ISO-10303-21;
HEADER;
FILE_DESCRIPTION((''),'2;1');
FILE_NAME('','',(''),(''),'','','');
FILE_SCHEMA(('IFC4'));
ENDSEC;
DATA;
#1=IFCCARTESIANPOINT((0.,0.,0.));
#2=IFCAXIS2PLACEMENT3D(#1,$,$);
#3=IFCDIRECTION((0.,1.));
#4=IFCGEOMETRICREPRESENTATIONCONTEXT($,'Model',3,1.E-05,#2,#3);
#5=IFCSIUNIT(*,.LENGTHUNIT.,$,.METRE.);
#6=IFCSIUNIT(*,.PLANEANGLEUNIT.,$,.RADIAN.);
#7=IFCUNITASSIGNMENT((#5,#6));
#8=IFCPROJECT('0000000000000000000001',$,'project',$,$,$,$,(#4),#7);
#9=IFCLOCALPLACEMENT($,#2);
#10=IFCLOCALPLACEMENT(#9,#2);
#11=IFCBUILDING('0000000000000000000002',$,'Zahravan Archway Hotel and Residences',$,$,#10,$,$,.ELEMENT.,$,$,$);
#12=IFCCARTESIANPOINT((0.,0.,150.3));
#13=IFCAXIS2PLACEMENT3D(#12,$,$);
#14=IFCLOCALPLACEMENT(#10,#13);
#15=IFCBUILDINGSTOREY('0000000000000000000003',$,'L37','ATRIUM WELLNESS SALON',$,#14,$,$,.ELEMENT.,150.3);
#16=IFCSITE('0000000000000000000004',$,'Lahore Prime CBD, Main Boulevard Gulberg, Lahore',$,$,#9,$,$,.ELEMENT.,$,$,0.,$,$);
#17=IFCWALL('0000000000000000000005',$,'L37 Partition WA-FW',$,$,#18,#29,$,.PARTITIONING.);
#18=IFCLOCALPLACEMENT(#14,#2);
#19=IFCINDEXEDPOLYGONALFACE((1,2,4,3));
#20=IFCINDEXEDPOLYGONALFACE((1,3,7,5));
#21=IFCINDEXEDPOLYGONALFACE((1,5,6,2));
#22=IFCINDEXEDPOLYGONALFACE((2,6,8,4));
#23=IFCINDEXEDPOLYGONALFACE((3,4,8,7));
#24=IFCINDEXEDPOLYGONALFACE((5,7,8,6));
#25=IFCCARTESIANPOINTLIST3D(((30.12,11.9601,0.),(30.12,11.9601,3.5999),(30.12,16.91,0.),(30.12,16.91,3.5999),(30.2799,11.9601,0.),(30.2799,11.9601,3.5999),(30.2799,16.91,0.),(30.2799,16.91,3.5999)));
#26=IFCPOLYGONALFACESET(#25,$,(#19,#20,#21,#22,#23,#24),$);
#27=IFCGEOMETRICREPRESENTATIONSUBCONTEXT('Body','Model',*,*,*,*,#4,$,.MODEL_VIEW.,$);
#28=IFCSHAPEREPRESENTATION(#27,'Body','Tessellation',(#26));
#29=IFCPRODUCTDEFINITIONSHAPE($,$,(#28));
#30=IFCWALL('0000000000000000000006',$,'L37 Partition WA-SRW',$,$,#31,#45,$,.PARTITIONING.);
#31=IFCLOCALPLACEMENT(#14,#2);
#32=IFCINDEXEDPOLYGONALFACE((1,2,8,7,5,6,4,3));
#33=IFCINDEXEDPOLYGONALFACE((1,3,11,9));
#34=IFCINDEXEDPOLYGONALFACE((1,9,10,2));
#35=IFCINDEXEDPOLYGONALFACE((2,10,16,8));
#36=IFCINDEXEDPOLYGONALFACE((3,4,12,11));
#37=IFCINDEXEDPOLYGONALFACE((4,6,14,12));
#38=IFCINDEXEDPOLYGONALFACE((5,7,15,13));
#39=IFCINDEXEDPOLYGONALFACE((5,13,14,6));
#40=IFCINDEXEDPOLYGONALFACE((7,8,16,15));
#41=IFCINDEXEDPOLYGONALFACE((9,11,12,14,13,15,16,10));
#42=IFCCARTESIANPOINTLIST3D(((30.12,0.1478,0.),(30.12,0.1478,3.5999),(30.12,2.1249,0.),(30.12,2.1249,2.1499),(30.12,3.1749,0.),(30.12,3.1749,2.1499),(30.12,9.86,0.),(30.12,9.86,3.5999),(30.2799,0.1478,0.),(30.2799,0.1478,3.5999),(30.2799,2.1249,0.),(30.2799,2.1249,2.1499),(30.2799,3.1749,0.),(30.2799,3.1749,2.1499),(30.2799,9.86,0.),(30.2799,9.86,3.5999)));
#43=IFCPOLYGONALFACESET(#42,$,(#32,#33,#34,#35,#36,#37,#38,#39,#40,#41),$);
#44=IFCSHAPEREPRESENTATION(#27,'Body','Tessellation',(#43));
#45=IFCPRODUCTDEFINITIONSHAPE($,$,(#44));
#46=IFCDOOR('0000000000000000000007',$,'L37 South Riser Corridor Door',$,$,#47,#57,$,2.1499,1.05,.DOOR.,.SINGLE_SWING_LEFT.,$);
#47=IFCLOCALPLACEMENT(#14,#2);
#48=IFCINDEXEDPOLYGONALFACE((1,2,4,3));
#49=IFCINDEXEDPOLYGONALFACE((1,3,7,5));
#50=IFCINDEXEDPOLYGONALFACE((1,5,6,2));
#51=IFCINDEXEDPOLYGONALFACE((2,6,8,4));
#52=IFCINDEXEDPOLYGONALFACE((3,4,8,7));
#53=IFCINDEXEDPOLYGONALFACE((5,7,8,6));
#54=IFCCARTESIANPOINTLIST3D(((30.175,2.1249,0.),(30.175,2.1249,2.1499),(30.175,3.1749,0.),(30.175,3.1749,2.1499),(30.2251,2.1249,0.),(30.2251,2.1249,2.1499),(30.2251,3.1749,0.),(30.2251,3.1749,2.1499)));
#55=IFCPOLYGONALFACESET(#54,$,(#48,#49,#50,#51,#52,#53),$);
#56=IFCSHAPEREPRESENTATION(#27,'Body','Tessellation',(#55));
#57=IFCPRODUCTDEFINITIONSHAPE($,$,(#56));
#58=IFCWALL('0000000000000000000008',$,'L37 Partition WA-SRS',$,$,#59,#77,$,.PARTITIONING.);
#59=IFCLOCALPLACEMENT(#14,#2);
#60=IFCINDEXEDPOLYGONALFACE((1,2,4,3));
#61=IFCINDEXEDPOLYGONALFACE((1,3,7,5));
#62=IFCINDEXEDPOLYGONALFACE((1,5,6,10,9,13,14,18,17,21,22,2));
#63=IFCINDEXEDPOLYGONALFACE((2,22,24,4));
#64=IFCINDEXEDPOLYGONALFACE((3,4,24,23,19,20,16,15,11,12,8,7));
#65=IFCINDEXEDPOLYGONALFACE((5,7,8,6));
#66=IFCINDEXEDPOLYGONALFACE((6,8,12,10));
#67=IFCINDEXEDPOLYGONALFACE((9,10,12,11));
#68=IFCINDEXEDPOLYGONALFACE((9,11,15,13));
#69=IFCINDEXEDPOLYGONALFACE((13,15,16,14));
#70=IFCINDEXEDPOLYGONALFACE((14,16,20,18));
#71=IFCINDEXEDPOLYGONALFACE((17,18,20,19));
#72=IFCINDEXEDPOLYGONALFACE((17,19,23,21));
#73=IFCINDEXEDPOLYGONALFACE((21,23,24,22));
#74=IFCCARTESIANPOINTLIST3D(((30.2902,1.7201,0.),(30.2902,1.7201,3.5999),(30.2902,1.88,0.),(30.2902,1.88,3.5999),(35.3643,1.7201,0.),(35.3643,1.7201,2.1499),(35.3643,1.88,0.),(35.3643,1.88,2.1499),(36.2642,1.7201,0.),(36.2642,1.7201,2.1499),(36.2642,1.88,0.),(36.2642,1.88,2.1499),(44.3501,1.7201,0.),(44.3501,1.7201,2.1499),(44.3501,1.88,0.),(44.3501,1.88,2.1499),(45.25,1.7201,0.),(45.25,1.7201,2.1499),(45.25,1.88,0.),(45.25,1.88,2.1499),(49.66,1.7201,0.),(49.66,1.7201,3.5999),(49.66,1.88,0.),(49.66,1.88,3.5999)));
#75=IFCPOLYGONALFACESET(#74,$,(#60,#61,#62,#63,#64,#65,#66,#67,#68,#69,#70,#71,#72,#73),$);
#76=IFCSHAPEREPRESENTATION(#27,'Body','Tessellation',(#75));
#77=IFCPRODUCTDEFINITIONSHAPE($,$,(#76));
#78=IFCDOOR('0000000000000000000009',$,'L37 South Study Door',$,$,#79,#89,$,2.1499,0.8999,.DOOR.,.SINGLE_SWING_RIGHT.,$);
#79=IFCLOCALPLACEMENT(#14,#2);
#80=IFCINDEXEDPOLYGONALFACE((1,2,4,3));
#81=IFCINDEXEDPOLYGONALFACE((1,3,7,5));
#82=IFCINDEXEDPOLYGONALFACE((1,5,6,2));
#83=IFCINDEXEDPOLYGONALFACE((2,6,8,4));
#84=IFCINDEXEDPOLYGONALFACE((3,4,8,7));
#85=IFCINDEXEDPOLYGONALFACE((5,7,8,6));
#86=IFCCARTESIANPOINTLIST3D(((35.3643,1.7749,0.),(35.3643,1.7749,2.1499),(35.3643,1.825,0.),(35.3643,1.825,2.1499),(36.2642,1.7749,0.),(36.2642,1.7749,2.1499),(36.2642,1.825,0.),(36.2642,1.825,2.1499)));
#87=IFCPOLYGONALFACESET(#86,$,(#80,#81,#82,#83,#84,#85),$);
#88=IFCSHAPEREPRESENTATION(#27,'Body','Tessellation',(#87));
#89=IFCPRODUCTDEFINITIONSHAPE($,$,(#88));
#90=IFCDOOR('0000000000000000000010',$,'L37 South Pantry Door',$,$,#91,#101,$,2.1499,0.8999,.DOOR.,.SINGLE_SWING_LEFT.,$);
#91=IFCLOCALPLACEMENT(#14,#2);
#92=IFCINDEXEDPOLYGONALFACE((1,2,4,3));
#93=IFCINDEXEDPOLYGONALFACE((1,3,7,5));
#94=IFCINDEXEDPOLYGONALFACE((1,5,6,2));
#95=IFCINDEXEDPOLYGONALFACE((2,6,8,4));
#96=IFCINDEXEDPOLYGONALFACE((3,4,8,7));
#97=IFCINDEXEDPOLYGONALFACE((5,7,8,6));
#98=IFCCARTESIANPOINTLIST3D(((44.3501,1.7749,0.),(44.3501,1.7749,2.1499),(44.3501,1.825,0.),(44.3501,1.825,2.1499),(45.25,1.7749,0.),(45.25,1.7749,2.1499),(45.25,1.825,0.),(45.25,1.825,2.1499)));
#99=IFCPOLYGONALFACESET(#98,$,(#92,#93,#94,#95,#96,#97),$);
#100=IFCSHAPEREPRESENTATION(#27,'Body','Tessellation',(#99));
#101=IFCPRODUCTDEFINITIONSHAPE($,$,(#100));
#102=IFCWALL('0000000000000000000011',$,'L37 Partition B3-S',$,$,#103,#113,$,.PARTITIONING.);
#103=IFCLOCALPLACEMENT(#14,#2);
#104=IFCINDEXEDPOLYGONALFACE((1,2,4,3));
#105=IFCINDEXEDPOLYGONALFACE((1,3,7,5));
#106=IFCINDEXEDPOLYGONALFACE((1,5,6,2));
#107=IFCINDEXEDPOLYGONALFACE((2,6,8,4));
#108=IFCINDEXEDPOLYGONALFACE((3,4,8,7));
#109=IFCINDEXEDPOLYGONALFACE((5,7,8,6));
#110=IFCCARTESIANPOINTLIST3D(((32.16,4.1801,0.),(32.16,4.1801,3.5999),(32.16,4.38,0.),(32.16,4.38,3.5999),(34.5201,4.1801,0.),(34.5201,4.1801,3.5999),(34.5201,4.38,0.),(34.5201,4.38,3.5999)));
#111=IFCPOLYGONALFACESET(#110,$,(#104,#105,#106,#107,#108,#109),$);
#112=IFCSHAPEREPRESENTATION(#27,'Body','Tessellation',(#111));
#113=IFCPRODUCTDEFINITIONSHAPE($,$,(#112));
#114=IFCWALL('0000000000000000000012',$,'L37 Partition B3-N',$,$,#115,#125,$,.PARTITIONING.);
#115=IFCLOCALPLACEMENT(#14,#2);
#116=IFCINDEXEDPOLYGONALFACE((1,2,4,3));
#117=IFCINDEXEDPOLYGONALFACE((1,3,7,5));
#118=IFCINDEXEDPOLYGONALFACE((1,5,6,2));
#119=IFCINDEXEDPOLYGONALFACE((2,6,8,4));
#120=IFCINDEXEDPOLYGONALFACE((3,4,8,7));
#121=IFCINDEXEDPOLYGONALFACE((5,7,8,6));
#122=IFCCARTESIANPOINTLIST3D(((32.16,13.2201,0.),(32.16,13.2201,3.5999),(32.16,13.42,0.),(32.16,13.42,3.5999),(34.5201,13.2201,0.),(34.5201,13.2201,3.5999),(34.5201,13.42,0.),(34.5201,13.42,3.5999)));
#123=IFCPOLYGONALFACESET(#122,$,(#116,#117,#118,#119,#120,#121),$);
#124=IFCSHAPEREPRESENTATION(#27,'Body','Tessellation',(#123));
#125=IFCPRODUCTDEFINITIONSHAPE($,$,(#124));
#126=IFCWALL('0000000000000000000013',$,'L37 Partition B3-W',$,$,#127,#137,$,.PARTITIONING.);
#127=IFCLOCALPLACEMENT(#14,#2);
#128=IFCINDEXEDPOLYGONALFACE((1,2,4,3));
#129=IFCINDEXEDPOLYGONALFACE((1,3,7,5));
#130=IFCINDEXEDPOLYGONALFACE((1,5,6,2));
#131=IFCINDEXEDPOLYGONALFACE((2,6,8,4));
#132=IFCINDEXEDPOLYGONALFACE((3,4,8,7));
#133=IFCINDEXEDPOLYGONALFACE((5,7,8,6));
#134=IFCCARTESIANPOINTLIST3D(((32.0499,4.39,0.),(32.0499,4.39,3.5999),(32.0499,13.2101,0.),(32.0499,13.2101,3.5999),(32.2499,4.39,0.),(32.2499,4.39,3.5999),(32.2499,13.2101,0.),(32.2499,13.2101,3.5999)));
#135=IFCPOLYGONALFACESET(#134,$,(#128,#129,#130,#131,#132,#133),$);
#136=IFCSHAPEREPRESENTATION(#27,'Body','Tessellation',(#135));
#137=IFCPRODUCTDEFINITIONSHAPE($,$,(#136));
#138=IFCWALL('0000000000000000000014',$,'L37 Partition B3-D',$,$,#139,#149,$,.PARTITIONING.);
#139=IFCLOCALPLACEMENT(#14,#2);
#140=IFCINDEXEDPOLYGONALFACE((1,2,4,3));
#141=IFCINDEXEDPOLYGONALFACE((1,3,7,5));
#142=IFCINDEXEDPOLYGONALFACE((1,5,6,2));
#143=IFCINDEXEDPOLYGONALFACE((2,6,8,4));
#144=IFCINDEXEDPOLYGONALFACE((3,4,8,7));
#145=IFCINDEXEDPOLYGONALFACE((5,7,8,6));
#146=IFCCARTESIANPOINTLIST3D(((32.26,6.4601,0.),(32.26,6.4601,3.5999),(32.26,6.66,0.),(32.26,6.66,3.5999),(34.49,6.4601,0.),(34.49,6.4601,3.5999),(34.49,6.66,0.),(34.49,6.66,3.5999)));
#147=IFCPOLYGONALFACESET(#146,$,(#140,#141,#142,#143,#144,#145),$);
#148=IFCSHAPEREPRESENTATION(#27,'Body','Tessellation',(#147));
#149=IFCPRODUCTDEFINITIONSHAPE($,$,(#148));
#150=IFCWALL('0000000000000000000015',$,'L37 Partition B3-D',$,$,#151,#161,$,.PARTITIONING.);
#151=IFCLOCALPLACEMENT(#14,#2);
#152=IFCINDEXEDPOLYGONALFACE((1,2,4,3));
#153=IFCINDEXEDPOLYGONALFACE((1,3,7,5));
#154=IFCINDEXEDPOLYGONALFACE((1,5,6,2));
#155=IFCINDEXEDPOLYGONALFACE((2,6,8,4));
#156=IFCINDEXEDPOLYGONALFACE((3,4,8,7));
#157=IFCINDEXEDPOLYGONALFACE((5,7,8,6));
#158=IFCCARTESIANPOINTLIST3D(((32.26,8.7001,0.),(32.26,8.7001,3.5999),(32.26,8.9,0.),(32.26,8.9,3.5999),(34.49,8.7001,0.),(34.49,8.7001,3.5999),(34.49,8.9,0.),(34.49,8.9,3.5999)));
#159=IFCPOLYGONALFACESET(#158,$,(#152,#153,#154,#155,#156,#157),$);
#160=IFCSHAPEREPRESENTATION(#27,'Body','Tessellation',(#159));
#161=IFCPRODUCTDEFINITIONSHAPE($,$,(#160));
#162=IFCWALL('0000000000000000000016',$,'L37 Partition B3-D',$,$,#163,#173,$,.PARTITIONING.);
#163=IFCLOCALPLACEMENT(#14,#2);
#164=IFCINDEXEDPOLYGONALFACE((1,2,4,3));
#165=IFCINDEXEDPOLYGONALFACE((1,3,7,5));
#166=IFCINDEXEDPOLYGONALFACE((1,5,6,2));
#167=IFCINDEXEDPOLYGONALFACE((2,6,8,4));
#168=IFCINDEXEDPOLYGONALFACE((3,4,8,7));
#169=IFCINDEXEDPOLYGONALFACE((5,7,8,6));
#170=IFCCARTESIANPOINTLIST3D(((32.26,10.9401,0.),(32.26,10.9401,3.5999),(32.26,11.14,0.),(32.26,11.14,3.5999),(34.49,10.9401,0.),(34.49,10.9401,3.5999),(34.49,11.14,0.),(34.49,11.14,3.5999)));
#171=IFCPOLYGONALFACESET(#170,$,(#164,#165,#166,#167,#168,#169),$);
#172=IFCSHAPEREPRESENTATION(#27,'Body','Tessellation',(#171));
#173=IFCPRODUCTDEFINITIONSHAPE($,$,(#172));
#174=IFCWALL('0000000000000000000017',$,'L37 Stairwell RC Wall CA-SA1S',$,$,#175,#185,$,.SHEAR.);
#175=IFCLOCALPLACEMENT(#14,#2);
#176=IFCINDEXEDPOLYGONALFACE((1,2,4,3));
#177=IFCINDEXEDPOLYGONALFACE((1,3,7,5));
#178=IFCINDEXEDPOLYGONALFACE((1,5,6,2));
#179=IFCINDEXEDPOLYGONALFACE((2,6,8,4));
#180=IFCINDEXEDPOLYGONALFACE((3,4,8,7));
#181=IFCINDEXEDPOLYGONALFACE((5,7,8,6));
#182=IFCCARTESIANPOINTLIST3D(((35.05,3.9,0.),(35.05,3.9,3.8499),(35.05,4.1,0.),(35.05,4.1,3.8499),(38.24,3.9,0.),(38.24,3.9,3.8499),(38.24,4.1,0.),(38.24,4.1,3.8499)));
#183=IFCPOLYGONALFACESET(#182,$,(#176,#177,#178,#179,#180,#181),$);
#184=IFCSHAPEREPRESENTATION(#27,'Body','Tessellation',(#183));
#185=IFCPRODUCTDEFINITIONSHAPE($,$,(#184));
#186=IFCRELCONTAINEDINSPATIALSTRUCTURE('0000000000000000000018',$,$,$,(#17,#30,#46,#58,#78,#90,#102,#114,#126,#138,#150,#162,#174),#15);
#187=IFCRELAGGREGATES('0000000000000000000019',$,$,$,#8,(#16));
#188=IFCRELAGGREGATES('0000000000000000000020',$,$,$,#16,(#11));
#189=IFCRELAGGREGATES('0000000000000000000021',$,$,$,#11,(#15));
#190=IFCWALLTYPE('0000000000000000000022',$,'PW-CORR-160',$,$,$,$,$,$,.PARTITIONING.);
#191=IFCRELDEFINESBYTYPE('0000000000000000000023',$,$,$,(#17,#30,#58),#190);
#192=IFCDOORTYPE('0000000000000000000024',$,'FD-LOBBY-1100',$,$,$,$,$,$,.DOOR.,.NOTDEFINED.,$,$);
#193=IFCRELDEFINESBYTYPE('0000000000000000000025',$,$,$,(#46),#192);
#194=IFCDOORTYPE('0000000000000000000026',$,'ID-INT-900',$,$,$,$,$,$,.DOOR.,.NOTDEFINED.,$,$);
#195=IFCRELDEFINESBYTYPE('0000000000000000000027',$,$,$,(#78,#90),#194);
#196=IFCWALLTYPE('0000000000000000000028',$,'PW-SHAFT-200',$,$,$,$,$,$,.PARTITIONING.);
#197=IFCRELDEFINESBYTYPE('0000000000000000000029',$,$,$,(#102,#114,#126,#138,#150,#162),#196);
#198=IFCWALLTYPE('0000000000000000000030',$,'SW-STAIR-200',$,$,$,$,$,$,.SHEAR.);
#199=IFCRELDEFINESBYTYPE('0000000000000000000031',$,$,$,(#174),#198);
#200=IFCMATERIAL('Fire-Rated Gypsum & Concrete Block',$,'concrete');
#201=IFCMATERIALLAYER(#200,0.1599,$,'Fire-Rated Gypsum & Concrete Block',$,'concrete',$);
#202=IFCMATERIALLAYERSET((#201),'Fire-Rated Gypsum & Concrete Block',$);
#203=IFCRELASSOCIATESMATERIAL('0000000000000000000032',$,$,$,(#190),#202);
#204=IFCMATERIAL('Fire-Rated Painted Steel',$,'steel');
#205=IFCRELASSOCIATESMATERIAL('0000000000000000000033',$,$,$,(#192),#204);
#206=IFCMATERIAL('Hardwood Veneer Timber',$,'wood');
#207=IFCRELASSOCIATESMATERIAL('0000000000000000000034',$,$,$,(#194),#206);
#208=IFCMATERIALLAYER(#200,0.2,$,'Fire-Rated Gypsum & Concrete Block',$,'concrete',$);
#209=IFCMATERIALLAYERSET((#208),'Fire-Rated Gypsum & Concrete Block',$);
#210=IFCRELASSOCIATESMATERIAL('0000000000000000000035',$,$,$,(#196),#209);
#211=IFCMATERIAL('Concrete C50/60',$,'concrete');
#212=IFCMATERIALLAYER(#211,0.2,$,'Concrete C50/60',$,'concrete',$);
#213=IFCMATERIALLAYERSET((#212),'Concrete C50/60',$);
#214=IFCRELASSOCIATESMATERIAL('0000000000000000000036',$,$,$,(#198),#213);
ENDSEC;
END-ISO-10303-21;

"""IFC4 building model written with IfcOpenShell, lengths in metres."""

from ifc_helpers import new_model, si_unit, direction, frame, frame_2d, origin, place, context, subcontext, project, spatial, rectangle, extrude, source, transform, mapped, material, layer, layer_set, type_object, type_shapes, element, fill, save


model = new_model("IFC4")

# Units and contexts
model_context = context("Model", 3, precision=1e-05, world=origin(), true_north=direction((0.0, 1.0)))
body_context = subcontext(model_context, "Body", "Model", "MODEL_VIEW")
ifc_project = project(units=[si_unit("LENGTHUNIT", "METRE"), si_unit("PLANEANGLEUNIT", "RADIAN")], contexts=[model_context])

# Site, building, storey
site_placement = place(None, origin())
site = spatial("IfcSite", under=ifc_project, at=site_placement, Name="Lahore Prime CBD, Main Boulevard Gulberg, Lahore", CompositionType="ELEMENT", RefElevation=0.0)
building_placement = place(site_placement, origin())
building = spatial("IfcBuilding", under=site, at=building_placement, Name="Zahravan Archway Hotel and Residences", CompositionType="ELEMENT")
storey_placement = place(building_placement, frame((0.0, 0.0, 150.3)))
storey = spatial("IfcBuildingStorey", under=building, at=storey_placement, Name="L37", Description="ATRIUM WELLNESS SALON", CompositionType="ELEMENT", Elevation=150.3)

# Shared definitions
ifc_material_1 = material(Name="Fire-Rated Painted Steel", Category="steel")

# Wall
ifc_material_2 = material(Name="Fire-Rated Gypsum & Concrete Block", Category="concrete")
ifc_layer_1 = layer(ifc_material_2, 0.1599, Name="Fire-Rated Gypsum & Concrete Block", Category="concrete")
ifc_layer_set_1 = layer_set([ifc_layer_1], Name="Fire-Rated Gypsum & Concrete Block")
wall_type_1 = type_object("IfcWallType", Name="PW-CORR-160", PredefinedType="PARTITIONING", material=ifc_layer_set_1)
wall_1_placement = place(storey_placement, frame((30.2, 11.96, 0.0), z_axis=(0.0, 0.0, 1.0), x_axis=(0.0, 1.0, 0.0)))
element("IfcWall", 1, at=wall_1_placement, inside=storey, type_object=wall_type_1, Name="L37 Partition WA-FW", PredefinedType="PARTITIONING", context=body_context, shape_type="SweptSolid", body=[
    extrude(rectangle(XDim=4.95, YDim=0.1599, at=frame_2d((2.4751, 0.0))), origin(), (0.0, 0.0, 1.0), 3.5999),
])

# Wall, opening, door
wall_2_placement = place(storey_placement, frame((30.2, 0.1479, 0.0), z_axis=(0.0, 0.0, 1.0), x_axis=(0.0, 1.0, 0.0)))
wall_2 = element("IfcWall", 2, at=wall_2_placement, inside=storey, type_object=wall_type_1, Name="L37 Partition WA-SRW", PredefinedType="PARTITIONING", context=body_context, shape_type="SweptSolid", body=[
    extrude(rectangle(XDim=9.7122, YDim=0.1599, at=frame_2d((4.856, 0.0))), origin(), (0.0, 0.0, 1.0), 3.5999),
])
opening_1_placement = place(wall_2_placement, frame((1.9771, 0.0, 0.0)))
opening_1 = element("IfcOpeningElement", 3, at=opening_1_placement, cuts=wall_2, PredefinedType="OPENING", context=body_context, shape_type="SweptSolid", body=[
    extrude(rectangle(XDim=1.05, YDim=2.1499, at=frame_2d((0.5249, 1.075))), frame((0.0, 0.0898, 0.0), z_axis=(0.0, -1.0, 0.0), x_axis=(1.0, 0.0, 0.0)), (0.0, 0.0, 1.0), 0.1799),
])
door_type_1 = type_object("IfcDoorType", Name="FD-LOBBY-1100", OperationType="NOTDEFINED", PredefinedType="DOOR", material=ifc_material_1)
shared_shape_1 = source(origin(), body_context, "Body", "SweptSolid", [
    extrude(rectangle(XDim=1.05, YDim=2.1499, at=frame_2d((0.5249, 1.075))), frame((0.0, 0.0249, 0.0), z_axis=(0.0, -1.0, 0.0), x_axis=(1.0, 0.0, 0.0)), (0.0, 0.0, 1.0), 0.05),
])
type_shapes(door_type_1, [shared_shape_1])
door_1_placement = place(opening_1_placement, origin())
door_1 = element("IfcDoor", 4, at=door_1_placement, inside=storey, type_object=door_type_1, Name="L37 South Riser Corridor Door", OperationType="SINGLE_SWING_LEFT", OverallHeight=2.1499, OverallWidth=1.05, PredefinedType="DOOR", context=body_context, shape_type="MappedRepresentation", body=[
    mapped(shared_shape_1, transform((0.0, 0.0, 0.0), scale=1.0)),
])
fill(opening_1, door_1)

# Wall, openings, doors
wall_3_placement = place(storey_placement, frame((30.29, 1.8, 0.0), z_axis=(0.0, 0.0, 1.0), x_axis=(1.0, 0.0, 0.0)))
wall_3 = element("IfcWall", 5, at=wall_3_placement, inside=storey, type_object=wall_type_1, Name="L37 Partition WA-SRS", PredefinedType="PARTITIONING", context=body_context, shape_type="SweptSolid", body=[
    extrude(rectangle(XDim=19.3699, YDim=0.1599, at=frame_2d((9.6851, 0.0))), origin(), (0.0, 0.0, 1.0), 3.5999),
])
opening_2_placement = place(wall_3_placement, frame((5.0742, 0.0, 0.0)))
opening_2 = element("IfcOpeningElement", 6, at=opening_2_placement, cuts=wall_3, PredefinedType="OPENING", context=body_context, shape_type="SweptSolid", body=[
    extrude(rectangle(XDim=0.8999, YDim=2.1499, at=frame_2d((0.45, 1.075))), frame((0.0, 0.0898, 0.0), z_axis=(0.0, -1.0, 0.0), x_axis=(1.0, 0.0, 0.0)), (0.0, 0.0, 1.0), 0.1799),
])
opening_3_placement = place(wall_3_placement, frame((14.0601, 0.0, 0.0)))
opening_3 = element("IfcOpeningElement", 7, at=opening_3_placement, cuts=wall_3, PredefinedType="OPENING", context=body_context, shape_type="SweptSolid", body=[
    extrude(rectangle(XDim=0.8999, YDim=2.1499, at=frame_2d((0.45, 1.075))), frame((0.0, 0.0898, 0.0), z_axis=(0.0, -1.0, 0.0), x_axis=(1.0, 0.0, 0.0)), (0.0, 0.0, 1.0), 0.1799),
])
ifc_material_3 = material(Name="Hardwood Veneer Timber", Category="wood")
door_type_2 = type_object("IfcDoorType", Name="ID-INT-900", OperationType="NOTDEFINED", PredefinedType="DOOR", material=ifc_material_3)
shared_shape_2 = source(origin(), body_context, "Body", "SweptSolid", [
    extrude(rectangle(XDim=0.8999, YDim=2.1499, at=frame_2d((0.45, 1.075))), frame((0.0, 0.0249, 0.0), z_axis=(0.0, -1.0, 0.0), x_axis=(1.0, 0.0, 0.0)), (0.0, 0.0, 1.0), 0.05),
])
type_shapes(door_type_2, [shared_shape_2])
door_2_placement = place(opening_2_placement, origin())
door_2 = element("IfcDoor", 8, at=door_2_placement, inside=storey, type_object=door_type_2, Name="L37 South Study Door", OperationType="SINGLE_SWING_RIGHT", OverallHeight=2.1499, OverallWidth=0.8999, PredefinedType="DOOR", context=body_context, shape_type="MappedRepresentation", body=[
    mapped(shared_shape_2, transform((0.0, 0.0, 0.0), scale=1.0)),
])
fill(opening_2, door_2)
door_3_placement = place(opening_3_placement, origin())
door_3 = element("IfcDoor", 9, at=door_3_placement, inside=storey, type_object=door_type_2, Name="L37 South Pantry Door", OperationType="SINGLE_SWING_LEFT", OverallHeight=2.1499, OverallWidth=0.8999, PredefinedType="DOOR", context=body_context, shape_type="MappedRepresentation", body=[
    mapped(shared_shape_2, transform((0.0, 0.0, 0.0), scale=1.0)),
])
fill(opening_3, door_3)

# Walls
ifc_layer_2 = layer(ifc_material_2, 0.2, Name="Fire-Rated Gypsum & Concrete Block", Category="concrete")
ifc_layer_set_2 = layer_set([ifc_layer_2], Name="Fire-Rated Gypsum & Concrete Block")
wall_type_2 = type_object("IfcWallType", Name="PW-SHAFT-200", PredefinedType="PARTITIONING", material=ifc_layer_set_2)
for number, where, z_axis, x_axis, name in (
    (10, (32.1599, 4.28, 0.0), (0.0, 0.0, 1.0), (1.0, 0.0, 0.0), "L37 Partition B3-S"),
    (11, (32.1599, 13.3201, 0.0), (0.0, 0.0, 1.0), (1.0, 0.0, 0.0), "L37 Partition B3-N"),
):
    element("IfcWall", number, at=place(storey_placement, frame(where, z_axis=z_axis, x_axis=x_axis)), inside=storey, type_object=wall_type_2, Name=name, PredefinedType="PARTITIONING", context=body_context, shape_type="SweptSolid", body=[
        extrude(rectangle(XDim=2.3601, YDim=0.2, at=frame_2d((1.1802, 0.0))), origin(), (0.0, 0.0, 1.0), 3.5999),
    ])
wall_4_placement = place(storey_placement, frame((32.1499, 4.3899, 0.0), z_axis=(0.0, 0.0, 1.0), x_axis=(0.0, 1.0, 0.0)))
element("IfcWall", 12, at=wall_4_placement, inside=storey, type_object=wall_type_2, Name="L37 Partition B3-W", PredefinedType="PARTITIONING", context=body_context, shape_type="SweptSolid", body=[
    extrude(rectangle(XDim=8.8201, YDim=0.2, at=frame_2d((4.4102, 0.0))), origin(), (0.0, 0.0, 1.0), 3.5999),
])
for number, where, z_axis, x_axis, name in (
    (13, (32.26, 6.5601, 0.0), (0.0, 0.0, 1.0), (1.0, 0.0, 0.0), "L37 Partition B3-D"),
    (14, (32.26, 8.8, 0.0), (0.0, 0.0, 1.0), (1.0, 0.0, 0.0), "L37 Partition B3-D"),
    (15, (32.26, 11.04, 0.0), (0.0, 0.0, 1.0), (1.0, 0.0, 0.0), "L37 Partition B3-D"),
):
    element("IfcWall", number, at=place(storey_placement, frame(where, z_axis=z_axis, x_axis=x_axis)), inside=storey, type_object=wall_type_2, Name=name, PredefinedType="PARTITIONING", context=body_context, shape_type="SweptSolid", body=[
        extrude(rectangle(XDim=2.23, YDim=0.2, at=frame_2d((1.115, 0.0))), origin(), (0.0, 0.0, 1.0), 3.5999),
    ])
ifc_material_4 = material(Name="Concrete C50/60", Category="concrete")
ifc_layer_3 = layer(ifc_material_4, 0.2, Name="Concrete C50/60", Category="concrete")
ifc_layer_set_3 = layer_set([ifc_layer_3], Name="Concrete C50/60")
wall_type_3 = type_object("IfcWallType", Name="SW-STAIR-200", PredefinedType="SHEAR", material=ifc_layer_set_3)
wall_5_placement = place(storey_placement, frame((35.05, 4.0, 0.0), z_axis=(0.0, 0.0, 1.0), x_axis=(1.0, 0.0, 0.0)))
element("IfcWall", 16, at=wall_5_placement, inside=storey, type_object=wall_type_3, Name="L37 Stairwell RC Wall CA-SA1S", PredefinedType="SHEAR", context=body_context, shape_type="SweptSolid", body=[
    extrude(rectangle(XDim=3.1899, YDim=0.2, at=frame_2d((1.595, 0.0))), origin(), (0.0, 0.0, 1.0), 3.8499),
])

save(model, "model.ifc")
